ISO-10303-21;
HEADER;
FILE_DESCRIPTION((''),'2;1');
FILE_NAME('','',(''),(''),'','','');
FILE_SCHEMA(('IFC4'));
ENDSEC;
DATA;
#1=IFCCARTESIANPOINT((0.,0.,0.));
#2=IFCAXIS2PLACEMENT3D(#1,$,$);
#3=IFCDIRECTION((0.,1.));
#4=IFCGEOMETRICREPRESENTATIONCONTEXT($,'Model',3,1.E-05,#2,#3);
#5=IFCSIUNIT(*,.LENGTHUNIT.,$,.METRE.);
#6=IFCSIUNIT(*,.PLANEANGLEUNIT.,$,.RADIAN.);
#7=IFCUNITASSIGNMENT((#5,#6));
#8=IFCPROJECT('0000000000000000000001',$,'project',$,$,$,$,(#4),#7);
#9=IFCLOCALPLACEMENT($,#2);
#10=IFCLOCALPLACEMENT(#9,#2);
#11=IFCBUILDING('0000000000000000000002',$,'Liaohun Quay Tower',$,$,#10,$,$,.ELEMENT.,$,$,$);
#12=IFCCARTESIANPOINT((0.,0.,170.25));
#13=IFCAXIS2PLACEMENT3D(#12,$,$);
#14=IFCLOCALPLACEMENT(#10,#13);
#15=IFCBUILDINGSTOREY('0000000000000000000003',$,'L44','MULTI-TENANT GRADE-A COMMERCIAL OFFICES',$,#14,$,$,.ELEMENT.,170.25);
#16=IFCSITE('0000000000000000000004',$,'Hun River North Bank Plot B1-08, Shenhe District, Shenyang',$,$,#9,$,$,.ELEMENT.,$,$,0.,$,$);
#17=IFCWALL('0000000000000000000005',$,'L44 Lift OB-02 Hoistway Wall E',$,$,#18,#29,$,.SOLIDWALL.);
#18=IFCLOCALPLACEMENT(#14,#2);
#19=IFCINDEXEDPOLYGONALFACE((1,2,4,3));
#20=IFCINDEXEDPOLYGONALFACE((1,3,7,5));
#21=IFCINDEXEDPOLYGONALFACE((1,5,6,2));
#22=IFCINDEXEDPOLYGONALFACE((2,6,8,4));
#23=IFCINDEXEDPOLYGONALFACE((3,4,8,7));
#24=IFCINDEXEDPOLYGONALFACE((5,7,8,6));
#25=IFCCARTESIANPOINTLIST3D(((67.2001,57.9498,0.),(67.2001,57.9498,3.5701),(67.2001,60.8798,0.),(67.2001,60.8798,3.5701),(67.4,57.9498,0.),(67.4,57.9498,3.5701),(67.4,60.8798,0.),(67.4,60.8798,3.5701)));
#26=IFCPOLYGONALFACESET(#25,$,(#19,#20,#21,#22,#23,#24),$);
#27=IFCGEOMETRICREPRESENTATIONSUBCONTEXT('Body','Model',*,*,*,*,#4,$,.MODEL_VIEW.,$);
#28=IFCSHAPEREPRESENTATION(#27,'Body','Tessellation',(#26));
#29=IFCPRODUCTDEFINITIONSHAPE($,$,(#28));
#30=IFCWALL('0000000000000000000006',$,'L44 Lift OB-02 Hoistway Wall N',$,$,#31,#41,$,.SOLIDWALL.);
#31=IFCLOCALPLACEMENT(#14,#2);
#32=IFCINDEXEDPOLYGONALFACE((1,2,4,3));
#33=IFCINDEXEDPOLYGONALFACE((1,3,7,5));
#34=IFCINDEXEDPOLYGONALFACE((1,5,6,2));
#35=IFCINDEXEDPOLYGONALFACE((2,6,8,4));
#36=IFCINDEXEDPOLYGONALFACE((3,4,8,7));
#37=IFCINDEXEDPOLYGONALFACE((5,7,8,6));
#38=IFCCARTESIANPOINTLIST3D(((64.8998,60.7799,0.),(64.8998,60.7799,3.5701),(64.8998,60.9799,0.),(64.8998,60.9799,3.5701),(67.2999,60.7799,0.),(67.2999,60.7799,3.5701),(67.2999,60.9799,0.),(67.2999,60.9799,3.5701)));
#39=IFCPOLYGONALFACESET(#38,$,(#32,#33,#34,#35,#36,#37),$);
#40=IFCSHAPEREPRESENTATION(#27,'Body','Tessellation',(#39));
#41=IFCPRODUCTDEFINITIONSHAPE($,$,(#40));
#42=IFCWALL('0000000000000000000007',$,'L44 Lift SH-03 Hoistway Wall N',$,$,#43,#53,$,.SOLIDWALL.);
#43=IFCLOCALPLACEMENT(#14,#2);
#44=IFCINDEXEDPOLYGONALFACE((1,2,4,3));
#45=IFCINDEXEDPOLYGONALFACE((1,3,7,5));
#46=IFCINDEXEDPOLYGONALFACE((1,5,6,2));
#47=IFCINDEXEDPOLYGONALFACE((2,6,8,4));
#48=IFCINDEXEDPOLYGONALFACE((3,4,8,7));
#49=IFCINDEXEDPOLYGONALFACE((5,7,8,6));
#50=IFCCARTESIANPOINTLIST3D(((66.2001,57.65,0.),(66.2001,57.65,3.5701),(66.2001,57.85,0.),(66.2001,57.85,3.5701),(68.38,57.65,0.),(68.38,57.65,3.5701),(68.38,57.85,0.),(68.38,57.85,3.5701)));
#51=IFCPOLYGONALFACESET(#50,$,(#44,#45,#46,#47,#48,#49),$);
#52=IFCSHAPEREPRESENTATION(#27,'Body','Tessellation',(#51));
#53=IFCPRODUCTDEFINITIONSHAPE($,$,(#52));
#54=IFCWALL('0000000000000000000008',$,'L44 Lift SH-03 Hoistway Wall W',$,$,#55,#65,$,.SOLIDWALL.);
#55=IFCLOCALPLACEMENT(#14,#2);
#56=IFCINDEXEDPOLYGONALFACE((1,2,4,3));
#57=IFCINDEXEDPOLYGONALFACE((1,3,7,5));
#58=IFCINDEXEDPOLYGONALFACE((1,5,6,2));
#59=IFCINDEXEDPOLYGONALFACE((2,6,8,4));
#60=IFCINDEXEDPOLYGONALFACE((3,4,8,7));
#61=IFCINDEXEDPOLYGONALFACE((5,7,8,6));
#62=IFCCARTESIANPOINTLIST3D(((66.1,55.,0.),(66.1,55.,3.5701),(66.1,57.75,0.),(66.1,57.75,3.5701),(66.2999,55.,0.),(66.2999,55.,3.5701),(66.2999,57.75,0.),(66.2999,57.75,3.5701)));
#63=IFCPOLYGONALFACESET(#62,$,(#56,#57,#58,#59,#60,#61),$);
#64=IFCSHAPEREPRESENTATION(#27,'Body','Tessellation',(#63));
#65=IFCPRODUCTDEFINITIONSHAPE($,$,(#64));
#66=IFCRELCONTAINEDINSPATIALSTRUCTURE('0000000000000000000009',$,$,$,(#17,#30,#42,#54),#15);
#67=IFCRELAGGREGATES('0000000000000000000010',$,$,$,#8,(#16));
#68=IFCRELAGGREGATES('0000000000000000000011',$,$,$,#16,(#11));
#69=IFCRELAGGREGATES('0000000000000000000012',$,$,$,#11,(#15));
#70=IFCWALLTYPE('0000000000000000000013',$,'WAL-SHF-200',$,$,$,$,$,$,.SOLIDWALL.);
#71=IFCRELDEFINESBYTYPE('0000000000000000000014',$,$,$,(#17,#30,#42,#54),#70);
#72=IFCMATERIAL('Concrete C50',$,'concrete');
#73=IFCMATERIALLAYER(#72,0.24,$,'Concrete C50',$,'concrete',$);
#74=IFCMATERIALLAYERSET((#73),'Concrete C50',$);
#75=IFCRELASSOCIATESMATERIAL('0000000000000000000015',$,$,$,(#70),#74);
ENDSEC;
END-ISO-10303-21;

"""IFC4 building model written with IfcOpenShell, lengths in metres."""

from ifc_helpers import new_model, si_unit, direction, frame, frame_2d, origin, place, context, subcontext, project, spatial, rectangle, extrude, material, layer, layer_set, type_object, element, save


model = new_model("IFC4")

# Units and contexts
model_context = context("Model", 3, precision=1e-05, world=origin(), true_north=direction((0.0, 1.0)))
body_context = subcontext(model_context, "Body", "Model", "MODEL_VIEW")
ifc_project = project(units=[si_unit("LENGTHUNIT", "METRE"), si_unit("PLANEANGLEUNIT", "RADIAN")], contexts=[model_context])

# Site, building, storey
site_placement = place(None, origin())
site = spatial("IfcSite", under=ifc_project, at=site_placement, Name="Hun River North Bank Plot B1-08, Shenhe District, Shenyang", CompositionType="ELEMENT", RefElevation=0.0)
building_placement = place(site_placement, origin())
building = spatial("IfcBuilding", under=site, at=building_placement, Name="Liaohun Quay Tower", CompositionType="ELEMENT")
storey_placement = place(building_placement, frame((0.0, 0.0, 170.25)))
storey = spatial("IfcBuildingStorey", under=building, at=storey_placement, Name="L44", Description="MULTI-TENANT GRADE-A COMMERCIAL OFFICES", CompositionType="ELEMENT", Elevation=170.25)

# Walls
ifc_material_1 = material(Name="Concrete C50", Category="concrete")
ifc_layer_1 = layer(ifc_material_1, 0.24, Name="Concrete C50", Category="concrete")
ifc_layer_set_1 = layer_set([ifc_layer_1], Name="Concrete C50")
wall_type_1 = type_object("IfcWallType", Name="WAL-SHF-200", PredefinedType="SOLIDWALL", material=ifc_layer_set_1)
wall_1_placement = place(storey_placement, frame((67.3, 57.95, 0.0), z_axis=(0.0, 0.0, 1.0), x_axis=(0.0, 1.0, 0.0)))
element("IfcWall", 1, at=wall_1_placement, inside=storey, type_object=wall_type_1, Name="L44 Lift OB-02 Hoistway Wall E", PredefinedType="SOLIDWALL", context=body_context, shape_type="SweptSolid", body=[
    extrude(rectangle(XDim=2.9299, YDim=0.2, at=frame_2d((1.4648, 0.0))), origin(), (0.0, 0.0, 1.0), 3.5701),
])
wall_2_placement = place(storey_placement, frame((67.3, 60.8799, 0.0), z_axis=(0.0, 0.0, 1.0), x_axis=(-1.0, 0.0, 0.0)))
element("IfcWall", 2, at=wall_2_placement, inside=storey, type_object=wall_type_1, Name="L44 Lift OB-02 Hoistway Wall N", PredefinedType="SOLIDWALL", context=body_context, shape_type="SweptSolid", body=[
    extrude(rectangle(XDim=2.4001, YDim=0.2, at=frame_2d((1.2002, 0.0))), origin(), (0.0, 0.0, 1.0), 3.5701),
])
wall_3_placement = place(storey_placement, frame((68.3799, 57.75, 0.0), z_axis=(0.0, 0.0, 1.0), x_axis=(-1.0, 0.0, 0.0)))
element("IfcWall", 3, at=wall_3_placement, inside=storey, type_object=wall_type_1, Name="L44 Lift SH-03 Hoistway Wall N", PredefinedType="SOLIDWALL", context=body_context, shape_type="SweptSolid", body=[
    extrude(rectangle(XDim=2.1799, YDim=0.2, at=frame_2d((1.0898, 0.0))), origin(), (0.0, 0.0, 1.0), 3.5701),
])
wall_4_placement = place(storey_placement, frame((66.2, 57.75, 0.0), z_axis=(0.0, 0.0, 1.0), x_axis=(0.0, -1.0, 0.0)))
element("IfcWall", 4, at=wall_4_placement, inside=storey, type_object=wall_type_1, Name="L44 Lift SH-03 Hoistway Wall W", PredefinedType="SOLIDWALL", context=body_context, shape_type="SweptSolid", body=[
    extrude(rectangle(XDim=2.75, YDim=0.2, at=frame_2d((1.375, 0.0))), origin(), (0.0, 0.0, 1.0), 3.5701),
])

save(model, "model.ifc")
